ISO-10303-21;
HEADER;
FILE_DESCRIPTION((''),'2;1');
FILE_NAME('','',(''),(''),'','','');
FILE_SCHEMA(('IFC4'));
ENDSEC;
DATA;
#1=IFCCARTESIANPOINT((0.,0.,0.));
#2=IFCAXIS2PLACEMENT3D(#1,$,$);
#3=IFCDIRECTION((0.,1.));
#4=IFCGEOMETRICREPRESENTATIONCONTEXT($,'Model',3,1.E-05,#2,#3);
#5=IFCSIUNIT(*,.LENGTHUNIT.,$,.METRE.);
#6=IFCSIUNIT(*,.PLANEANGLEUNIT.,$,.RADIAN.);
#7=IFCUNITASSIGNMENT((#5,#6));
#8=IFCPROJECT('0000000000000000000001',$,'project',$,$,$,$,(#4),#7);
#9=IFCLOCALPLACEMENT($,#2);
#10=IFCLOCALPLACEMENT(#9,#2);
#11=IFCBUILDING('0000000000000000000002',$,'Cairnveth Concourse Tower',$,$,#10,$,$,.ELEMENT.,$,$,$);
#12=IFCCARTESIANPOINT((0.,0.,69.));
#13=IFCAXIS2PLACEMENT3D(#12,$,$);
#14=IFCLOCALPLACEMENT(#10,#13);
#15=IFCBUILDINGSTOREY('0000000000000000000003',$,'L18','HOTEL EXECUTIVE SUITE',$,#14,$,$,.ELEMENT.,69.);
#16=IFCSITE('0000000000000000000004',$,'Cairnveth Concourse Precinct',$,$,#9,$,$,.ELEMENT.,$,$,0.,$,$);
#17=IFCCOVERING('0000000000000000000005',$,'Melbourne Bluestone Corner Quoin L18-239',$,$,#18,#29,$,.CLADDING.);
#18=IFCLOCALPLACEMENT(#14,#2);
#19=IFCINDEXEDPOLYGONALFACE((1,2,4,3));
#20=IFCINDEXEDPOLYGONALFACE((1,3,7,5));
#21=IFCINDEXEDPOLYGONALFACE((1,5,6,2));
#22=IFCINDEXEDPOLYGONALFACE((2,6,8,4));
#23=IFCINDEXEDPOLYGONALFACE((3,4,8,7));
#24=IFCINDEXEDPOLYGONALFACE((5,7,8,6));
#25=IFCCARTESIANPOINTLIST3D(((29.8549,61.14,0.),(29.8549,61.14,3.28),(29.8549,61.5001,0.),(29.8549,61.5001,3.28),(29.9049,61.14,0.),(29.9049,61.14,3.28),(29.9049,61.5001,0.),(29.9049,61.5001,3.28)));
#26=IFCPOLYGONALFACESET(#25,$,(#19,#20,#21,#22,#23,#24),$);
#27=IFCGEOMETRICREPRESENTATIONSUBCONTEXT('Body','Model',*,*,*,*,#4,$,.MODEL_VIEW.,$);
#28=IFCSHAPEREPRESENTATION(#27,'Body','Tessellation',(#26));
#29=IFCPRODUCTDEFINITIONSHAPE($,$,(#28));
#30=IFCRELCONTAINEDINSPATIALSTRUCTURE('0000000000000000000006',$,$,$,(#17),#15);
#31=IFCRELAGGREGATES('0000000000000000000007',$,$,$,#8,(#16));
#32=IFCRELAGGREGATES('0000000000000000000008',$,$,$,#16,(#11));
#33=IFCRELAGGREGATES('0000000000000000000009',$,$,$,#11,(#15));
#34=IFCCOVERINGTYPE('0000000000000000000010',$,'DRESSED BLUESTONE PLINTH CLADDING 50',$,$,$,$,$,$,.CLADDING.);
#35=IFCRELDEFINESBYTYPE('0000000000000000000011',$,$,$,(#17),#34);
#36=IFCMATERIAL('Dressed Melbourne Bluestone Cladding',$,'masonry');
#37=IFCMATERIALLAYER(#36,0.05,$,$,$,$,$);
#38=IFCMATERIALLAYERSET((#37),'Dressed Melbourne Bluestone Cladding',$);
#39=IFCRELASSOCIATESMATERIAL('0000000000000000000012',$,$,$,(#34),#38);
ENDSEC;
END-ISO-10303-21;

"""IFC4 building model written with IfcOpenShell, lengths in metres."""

from ifc_helpers import new_model, si_unit, direction, frame, frame_2d, origin, place, context, subcontext, project, spatial, rectangle, extrude, material, layer, layer_set, type_object, element, save


model = new_model("IFC4")

# Units and contexts
model_context = context("Model", 3, precision=1e-05, world=origin(), true_north=direction((0.0, 1.0)))
body_context = subcontext(model_context, "Body", "Model", "MODEL_VIEW")
ifc_project = project(units=[si_unit("LENGTHUNIT", "METRE"), si_unit("PLANEANGLEUNIT", "RADIAN")], contexts=[model_context])

# Site, building, storey
site_placement = place(None, origin())
site = spatial("IfcSite", under=ifc_project, at=site_placement, Name="Cairnveth Concourse Precinct", CompositionType="ELEMENT", RefElevation=0.0)
building_placement = place(site_placement, origin())
building = spatial("IfcBuilding", under=site, at=building_placement, Name="Cairnveth Concourse Tower", CompositionType="ELEMENT")
storey_placement = place(building_placement, frame((0.0, 0.0, 69.0)))
storey = spatial("IfcBuildingStorey", under=building, at=storey_placement, Name="L18", Description="HOTEL EXECUTIVE SUITE", CompositionType="ELEMENT", Elevation=69.0)

# Covering
ifc_material_1 = material(Name="Dressed Melbourne Bluestone Cladding", Category="masonry")
ifc_layer_1 = layer(ifc_material_1, 0.05)
ifc_layer_set_1 = layer_set([ifc_layer_1], Name="Dressed Melbourne Bluestone Cladding")
covering_type = type_object("IfcCoveringType", Name="DRESSED BLUESTONE PLINTH CLADDING 50", PredefinedType="CLADDING", material=ifc_layer_set_1)
covering_placement = place(storey_placement, frame((29.8799, 61.1399, 0.0), z_axis=(0.0, 0.0, 1.0), x_axis=(0.0, 1.0, 0.0)))
element("IfcCovering", 1, at=covering_placement, inside=storey, type_object=covering_type, Name="Melbourne Bluestone Corner Quoin L18-239", PredefinedType="CLADDING", context=body_context, shape_type="SweptSolid", body=[
    extrude(rectangle(XDim=0.3601, YDim=0.05, at=frame_2d((0.1802, 0.0))), origin(), (0.0, 0.0, 1.0), 3.28),
])

save(model, "model.ifc")
